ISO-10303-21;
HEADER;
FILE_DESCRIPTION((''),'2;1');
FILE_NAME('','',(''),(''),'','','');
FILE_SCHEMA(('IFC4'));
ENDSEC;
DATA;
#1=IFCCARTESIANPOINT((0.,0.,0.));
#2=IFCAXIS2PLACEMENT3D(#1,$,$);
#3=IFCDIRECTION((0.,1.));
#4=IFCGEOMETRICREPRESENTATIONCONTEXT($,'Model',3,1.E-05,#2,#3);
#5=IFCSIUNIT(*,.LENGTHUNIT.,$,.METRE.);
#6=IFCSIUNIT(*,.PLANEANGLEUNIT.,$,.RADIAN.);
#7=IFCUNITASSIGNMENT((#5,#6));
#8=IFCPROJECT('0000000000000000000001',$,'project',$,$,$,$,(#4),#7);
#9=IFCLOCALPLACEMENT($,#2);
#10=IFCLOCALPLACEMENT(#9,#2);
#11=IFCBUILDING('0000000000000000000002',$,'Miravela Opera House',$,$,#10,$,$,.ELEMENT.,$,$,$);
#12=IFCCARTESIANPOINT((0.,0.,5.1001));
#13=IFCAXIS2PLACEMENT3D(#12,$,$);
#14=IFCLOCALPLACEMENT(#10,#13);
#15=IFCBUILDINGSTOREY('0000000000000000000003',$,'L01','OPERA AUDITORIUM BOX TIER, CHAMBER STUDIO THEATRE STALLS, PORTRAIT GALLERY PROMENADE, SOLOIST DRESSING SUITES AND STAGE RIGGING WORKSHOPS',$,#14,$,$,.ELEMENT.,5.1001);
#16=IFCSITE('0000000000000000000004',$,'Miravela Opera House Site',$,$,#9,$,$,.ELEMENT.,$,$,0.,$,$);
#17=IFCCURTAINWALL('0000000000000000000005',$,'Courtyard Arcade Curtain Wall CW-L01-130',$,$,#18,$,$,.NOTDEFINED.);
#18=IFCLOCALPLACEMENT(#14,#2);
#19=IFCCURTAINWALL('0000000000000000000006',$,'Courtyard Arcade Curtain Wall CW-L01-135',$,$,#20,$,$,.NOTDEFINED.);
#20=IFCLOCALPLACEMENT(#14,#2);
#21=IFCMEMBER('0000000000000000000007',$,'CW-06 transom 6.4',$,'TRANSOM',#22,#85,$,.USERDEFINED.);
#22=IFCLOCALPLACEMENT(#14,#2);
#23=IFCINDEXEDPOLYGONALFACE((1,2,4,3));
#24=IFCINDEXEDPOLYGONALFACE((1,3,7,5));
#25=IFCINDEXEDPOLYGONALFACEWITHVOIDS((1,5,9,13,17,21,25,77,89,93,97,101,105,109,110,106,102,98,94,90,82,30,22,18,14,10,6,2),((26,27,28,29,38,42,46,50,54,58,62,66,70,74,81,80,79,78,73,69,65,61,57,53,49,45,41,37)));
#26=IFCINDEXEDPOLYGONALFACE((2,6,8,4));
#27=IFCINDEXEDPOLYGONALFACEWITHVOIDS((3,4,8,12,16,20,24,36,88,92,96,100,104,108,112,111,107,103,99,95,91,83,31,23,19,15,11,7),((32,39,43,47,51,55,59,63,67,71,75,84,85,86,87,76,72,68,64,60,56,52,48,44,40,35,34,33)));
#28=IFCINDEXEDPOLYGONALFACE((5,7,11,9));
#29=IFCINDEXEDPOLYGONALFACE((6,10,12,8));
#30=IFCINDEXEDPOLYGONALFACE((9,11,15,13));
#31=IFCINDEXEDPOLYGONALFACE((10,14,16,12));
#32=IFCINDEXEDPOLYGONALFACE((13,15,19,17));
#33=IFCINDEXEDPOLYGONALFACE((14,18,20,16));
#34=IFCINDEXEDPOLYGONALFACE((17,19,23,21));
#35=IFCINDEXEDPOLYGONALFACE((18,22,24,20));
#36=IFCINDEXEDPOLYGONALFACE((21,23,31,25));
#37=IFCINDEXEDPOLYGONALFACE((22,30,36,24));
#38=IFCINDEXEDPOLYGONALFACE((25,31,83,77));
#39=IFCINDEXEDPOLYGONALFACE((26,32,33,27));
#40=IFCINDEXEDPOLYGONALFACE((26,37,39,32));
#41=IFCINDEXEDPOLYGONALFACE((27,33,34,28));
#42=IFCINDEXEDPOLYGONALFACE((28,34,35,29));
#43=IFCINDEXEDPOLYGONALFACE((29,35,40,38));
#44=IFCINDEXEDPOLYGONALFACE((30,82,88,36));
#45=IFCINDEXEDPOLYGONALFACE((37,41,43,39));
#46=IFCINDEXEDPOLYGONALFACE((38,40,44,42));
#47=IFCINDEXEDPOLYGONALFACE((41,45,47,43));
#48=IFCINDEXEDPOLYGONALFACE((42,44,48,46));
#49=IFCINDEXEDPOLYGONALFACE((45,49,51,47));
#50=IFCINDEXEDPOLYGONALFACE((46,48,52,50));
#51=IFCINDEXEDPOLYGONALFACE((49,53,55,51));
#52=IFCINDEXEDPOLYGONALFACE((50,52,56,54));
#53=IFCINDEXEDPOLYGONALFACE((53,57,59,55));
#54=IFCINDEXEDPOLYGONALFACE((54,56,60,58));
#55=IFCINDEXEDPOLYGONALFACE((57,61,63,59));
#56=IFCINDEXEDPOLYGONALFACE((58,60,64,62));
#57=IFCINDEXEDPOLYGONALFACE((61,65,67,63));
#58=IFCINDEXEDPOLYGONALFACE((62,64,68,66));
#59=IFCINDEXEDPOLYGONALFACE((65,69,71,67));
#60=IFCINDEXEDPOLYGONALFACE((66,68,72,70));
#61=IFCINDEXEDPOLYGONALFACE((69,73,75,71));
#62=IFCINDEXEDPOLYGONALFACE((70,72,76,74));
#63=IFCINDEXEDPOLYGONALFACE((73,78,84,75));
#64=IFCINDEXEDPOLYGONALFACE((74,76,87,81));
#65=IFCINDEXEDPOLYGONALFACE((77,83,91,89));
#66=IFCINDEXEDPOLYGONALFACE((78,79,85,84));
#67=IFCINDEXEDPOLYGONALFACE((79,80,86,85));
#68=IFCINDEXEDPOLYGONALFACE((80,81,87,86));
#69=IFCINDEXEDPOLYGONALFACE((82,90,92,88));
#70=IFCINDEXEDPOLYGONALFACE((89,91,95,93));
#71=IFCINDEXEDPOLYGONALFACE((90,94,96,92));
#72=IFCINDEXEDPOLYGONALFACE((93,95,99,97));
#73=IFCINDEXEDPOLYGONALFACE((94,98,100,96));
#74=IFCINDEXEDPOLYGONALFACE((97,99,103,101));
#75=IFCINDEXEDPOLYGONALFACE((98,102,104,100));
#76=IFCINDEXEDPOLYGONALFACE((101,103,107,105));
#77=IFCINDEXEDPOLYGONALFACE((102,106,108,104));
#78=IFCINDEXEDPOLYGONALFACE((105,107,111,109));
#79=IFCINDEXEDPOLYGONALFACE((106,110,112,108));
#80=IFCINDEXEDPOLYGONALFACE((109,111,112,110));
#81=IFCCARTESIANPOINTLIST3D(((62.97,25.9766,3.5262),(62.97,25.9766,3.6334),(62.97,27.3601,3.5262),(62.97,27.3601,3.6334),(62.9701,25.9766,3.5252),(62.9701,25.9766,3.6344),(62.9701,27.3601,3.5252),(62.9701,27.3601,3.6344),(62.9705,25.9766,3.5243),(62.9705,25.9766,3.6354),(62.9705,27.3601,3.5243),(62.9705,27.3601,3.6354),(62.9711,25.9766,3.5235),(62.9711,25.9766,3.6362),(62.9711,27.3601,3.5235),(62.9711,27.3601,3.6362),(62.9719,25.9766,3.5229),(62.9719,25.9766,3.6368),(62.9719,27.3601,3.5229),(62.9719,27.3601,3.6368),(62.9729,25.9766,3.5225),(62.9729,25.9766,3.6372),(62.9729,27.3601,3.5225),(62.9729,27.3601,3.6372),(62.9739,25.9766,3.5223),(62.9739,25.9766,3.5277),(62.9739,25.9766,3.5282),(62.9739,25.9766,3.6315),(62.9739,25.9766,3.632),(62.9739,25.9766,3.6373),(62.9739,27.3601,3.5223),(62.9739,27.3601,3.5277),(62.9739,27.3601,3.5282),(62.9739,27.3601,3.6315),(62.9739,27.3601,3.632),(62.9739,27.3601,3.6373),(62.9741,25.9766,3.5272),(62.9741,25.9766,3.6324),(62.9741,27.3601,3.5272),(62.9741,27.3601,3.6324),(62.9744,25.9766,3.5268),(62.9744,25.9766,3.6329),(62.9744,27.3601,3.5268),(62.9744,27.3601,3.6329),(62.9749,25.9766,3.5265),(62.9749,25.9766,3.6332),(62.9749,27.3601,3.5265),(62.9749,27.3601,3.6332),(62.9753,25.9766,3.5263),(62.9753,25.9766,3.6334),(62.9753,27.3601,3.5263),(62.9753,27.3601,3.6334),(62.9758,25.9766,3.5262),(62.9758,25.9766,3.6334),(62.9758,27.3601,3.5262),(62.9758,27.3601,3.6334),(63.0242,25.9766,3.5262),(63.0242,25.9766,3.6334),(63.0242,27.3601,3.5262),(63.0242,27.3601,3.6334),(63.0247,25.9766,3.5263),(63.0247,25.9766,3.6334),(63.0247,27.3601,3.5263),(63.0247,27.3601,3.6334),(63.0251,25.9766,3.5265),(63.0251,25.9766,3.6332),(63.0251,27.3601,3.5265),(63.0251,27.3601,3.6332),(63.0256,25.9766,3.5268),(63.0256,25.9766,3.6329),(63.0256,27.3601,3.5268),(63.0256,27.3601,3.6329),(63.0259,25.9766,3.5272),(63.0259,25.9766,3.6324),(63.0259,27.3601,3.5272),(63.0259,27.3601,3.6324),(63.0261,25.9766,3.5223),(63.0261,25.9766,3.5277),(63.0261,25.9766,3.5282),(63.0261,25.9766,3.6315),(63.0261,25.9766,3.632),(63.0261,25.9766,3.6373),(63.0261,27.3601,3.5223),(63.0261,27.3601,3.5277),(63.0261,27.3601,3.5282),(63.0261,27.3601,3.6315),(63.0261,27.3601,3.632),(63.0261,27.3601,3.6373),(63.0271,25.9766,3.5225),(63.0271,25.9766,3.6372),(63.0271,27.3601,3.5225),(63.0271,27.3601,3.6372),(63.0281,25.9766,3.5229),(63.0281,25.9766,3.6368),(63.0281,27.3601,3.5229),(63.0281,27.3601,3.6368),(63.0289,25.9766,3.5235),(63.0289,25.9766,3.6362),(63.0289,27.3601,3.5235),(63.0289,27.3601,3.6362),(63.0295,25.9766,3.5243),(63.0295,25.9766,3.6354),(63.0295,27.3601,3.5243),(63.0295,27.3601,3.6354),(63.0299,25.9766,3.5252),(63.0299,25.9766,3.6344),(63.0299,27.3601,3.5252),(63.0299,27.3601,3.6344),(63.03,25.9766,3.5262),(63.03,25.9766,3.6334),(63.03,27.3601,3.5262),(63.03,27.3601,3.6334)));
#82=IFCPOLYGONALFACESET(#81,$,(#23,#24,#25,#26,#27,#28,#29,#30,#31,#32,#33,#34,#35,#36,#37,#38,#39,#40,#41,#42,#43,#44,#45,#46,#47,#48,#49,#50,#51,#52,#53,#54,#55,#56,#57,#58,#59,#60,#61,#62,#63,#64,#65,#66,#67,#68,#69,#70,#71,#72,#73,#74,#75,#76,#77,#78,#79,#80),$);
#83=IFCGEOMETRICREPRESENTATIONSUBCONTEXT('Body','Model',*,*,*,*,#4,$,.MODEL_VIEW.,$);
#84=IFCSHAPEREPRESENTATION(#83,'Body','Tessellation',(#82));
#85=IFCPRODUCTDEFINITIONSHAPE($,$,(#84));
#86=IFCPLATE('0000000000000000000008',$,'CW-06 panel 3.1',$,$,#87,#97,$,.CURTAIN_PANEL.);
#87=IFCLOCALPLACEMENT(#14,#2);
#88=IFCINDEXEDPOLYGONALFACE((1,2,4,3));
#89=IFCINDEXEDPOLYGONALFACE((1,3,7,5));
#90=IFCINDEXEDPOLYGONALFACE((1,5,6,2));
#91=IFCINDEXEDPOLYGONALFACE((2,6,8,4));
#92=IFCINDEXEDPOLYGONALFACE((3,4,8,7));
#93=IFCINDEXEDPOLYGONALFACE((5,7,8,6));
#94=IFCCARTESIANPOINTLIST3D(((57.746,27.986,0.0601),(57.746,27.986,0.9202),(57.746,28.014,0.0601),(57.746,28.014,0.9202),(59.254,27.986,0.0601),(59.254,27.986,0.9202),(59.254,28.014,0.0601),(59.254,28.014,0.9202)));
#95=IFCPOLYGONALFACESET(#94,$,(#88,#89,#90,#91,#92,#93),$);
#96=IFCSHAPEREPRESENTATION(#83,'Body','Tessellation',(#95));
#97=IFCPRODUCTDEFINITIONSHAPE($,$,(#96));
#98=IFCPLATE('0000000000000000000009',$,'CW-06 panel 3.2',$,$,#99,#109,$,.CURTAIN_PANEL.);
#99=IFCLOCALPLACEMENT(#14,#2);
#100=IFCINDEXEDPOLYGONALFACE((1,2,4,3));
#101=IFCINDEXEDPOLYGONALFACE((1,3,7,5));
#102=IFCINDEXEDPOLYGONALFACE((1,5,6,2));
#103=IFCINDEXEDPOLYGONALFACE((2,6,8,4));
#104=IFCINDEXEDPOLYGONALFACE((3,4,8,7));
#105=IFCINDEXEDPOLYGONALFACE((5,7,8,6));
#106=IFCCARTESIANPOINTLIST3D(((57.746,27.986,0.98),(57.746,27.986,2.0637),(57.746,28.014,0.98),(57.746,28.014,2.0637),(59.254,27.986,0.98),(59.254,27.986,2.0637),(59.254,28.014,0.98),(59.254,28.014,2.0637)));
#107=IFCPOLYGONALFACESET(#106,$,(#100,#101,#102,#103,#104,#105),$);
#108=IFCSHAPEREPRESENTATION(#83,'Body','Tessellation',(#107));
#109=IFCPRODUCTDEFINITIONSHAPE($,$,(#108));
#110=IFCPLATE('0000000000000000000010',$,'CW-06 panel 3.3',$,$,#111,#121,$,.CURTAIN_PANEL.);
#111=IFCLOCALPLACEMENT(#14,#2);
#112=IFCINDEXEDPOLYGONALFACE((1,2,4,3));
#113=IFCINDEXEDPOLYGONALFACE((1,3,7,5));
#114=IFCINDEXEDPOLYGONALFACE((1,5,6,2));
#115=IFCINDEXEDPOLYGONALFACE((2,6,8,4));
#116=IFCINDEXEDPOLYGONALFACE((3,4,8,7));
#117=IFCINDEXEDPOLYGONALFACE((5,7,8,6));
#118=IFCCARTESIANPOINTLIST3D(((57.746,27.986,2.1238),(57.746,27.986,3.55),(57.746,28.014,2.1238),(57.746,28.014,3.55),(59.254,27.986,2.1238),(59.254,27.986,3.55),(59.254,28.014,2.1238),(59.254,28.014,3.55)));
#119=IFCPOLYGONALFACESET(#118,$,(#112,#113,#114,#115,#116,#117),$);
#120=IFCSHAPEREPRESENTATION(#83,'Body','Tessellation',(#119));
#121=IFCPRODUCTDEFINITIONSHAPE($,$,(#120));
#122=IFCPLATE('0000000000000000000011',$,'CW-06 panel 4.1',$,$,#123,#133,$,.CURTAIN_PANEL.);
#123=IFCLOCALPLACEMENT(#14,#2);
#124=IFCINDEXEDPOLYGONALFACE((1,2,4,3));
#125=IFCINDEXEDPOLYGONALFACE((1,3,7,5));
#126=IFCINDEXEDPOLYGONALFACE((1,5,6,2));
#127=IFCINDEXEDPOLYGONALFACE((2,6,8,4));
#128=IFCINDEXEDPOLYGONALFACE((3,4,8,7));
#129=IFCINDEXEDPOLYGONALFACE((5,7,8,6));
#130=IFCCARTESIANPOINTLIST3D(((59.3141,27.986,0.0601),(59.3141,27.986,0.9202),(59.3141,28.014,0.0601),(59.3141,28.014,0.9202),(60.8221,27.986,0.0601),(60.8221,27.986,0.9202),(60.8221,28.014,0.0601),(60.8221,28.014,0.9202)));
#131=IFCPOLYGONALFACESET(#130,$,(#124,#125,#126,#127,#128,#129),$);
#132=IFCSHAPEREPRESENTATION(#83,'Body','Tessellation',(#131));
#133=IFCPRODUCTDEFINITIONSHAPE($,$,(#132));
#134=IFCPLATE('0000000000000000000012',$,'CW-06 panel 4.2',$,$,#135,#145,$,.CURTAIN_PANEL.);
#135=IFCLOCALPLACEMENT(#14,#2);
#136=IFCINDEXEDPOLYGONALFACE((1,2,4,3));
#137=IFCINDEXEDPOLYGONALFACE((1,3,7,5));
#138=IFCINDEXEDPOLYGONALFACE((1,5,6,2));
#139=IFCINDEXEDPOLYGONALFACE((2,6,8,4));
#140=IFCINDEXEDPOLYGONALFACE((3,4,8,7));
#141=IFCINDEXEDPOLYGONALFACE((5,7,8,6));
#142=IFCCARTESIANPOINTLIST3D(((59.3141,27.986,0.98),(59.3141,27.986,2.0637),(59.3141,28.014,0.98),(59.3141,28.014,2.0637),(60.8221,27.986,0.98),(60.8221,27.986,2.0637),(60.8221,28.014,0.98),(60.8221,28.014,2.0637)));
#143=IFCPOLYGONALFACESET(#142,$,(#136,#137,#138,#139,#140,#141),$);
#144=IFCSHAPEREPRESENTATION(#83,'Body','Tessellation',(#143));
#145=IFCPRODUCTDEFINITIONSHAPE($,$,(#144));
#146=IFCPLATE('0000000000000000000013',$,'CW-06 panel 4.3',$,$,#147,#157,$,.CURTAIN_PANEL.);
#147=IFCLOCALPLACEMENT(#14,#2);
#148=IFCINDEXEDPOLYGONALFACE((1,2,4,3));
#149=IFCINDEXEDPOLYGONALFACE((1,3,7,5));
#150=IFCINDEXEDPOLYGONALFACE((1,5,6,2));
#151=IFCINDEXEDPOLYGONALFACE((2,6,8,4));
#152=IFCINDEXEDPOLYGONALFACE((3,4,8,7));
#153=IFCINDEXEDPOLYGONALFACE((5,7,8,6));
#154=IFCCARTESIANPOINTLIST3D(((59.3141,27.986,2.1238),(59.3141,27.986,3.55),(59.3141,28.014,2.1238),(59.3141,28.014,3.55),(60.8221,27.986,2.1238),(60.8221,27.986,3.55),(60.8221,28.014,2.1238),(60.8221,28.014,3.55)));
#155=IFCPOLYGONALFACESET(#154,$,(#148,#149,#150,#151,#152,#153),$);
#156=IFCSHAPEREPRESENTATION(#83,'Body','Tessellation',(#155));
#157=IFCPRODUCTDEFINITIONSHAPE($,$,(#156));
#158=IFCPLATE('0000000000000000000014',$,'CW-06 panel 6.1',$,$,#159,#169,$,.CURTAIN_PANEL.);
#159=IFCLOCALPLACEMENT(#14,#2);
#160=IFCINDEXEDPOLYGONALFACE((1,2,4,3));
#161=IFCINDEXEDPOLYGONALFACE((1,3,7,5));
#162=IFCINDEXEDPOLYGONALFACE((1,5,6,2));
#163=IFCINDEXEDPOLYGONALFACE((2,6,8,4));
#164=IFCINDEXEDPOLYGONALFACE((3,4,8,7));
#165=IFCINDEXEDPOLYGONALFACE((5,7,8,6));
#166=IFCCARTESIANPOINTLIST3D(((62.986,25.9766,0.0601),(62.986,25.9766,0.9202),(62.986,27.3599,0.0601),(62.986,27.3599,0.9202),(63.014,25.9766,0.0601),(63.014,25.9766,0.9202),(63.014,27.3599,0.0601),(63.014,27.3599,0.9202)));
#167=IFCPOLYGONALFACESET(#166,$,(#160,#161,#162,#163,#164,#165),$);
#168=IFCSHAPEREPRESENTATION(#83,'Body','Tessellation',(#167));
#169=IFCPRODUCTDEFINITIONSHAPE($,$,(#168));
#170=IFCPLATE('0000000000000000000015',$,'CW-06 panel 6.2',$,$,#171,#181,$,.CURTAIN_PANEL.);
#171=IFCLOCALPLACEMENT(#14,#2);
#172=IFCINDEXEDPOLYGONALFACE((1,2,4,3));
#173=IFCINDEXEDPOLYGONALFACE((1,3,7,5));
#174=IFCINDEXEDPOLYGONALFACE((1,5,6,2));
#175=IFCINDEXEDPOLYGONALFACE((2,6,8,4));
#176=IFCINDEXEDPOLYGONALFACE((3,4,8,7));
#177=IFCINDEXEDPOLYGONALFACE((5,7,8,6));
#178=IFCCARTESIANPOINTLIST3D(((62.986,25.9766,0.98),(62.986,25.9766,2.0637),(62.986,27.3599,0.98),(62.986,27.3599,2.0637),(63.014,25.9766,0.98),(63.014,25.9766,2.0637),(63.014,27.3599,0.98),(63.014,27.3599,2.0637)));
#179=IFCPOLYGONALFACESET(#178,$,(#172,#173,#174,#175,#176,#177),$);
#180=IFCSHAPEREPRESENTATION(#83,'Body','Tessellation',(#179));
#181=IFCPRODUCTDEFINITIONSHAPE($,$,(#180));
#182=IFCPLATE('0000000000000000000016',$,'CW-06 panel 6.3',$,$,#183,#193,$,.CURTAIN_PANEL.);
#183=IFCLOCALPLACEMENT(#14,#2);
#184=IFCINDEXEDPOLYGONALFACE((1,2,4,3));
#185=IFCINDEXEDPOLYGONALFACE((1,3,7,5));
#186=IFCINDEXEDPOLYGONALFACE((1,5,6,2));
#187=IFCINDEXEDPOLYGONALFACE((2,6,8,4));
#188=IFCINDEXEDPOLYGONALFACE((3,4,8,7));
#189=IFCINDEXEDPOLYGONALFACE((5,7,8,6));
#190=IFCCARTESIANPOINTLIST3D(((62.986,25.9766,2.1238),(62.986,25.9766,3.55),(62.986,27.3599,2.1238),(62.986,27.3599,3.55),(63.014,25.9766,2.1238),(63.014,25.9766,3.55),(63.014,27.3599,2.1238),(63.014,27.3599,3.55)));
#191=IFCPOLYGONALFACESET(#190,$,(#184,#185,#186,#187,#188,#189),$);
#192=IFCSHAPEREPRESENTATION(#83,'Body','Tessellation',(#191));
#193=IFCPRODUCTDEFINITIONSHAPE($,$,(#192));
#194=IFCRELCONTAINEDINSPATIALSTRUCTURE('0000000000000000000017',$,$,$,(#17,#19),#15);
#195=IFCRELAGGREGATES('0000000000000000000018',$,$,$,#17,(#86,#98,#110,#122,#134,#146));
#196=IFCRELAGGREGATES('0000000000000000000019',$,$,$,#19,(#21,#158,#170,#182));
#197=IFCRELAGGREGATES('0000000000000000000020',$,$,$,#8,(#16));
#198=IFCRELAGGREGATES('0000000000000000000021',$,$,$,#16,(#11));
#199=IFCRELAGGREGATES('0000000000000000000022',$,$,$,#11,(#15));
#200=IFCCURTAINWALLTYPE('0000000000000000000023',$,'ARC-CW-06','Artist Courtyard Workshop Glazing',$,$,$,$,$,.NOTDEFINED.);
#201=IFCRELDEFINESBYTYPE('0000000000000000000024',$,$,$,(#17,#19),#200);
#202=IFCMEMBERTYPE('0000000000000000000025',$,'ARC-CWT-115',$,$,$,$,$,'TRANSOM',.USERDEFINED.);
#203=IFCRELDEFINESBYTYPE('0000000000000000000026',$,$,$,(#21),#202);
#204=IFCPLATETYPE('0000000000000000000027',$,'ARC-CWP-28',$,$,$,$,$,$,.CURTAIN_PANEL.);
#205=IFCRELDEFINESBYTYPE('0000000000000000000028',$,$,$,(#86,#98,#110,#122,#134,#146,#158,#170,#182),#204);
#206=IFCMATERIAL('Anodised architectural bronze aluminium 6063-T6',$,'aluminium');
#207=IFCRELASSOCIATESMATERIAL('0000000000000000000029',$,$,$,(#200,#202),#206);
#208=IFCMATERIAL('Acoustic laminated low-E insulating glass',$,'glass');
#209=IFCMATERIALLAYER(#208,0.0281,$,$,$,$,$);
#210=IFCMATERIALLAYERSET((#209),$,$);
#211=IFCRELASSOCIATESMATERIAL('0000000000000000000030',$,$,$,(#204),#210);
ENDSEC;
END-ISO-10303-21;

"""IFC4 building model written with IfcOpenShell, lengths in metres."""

from ifc_helpers import new_model, si_unit, direction, frame, origin, origin_2d, place, context, subcontext, project, spatial, rectangle, hollow_rectangle, extrude, material, layer, layer_set, material_profile, profile_set, type_object, element, aggregate, save


model = new_model("IFC4")

# Units and contexts
model_context = context("Model", 3, precision=1e-05, world=origin(), true_north=direction((0.0, 1.0)))
body_context = subcontext(model_context, "Body", "Model", "MODEL_VIEW")
ifc_project = project(units=[si_unit("LENGTHUNIT", "METRE"), si_unit("PLANEANGLEUNIT", "RADIAN")], contexts=[model_context])

# Site, building, storey
site_placement = place(None, origin())
site = spatial("IfcSite", under=ifc_project, at=site_placement, Name="Miravela Opera House Site", CompositionType="ELEMENT", RefElevation=0.0)
building_placement = place(site_placement, origin())
building = spatial("IfcBuilding", under=site, at=building_placement, Name="Miravela Opera House", CompositionType="ELEMENT")
storey_placement = place(building_placement, frame((0.0, 0.0, 5.1001)))
storey = spatial("IfcBuildingStorey", under=building, at=storey_placement, Name="L01", Description="OPERA AUDITORIUM BOX TIER, CHAMBER STUDIO THEATRE STALLS, PORTRAIT GALLERY PROMENADE, SOLOIST DRESSING SUITES AND STAGE RIGGING WORKSHOPS", CompositionType="ELEMENT", Elevation=5.1001)

# Curtain wall
ifc_material_1 = material(Name="Anodised architectural bronze aluminium 6063-T6", Category="aluminium")
curtain_wall_type = type_object("IfcCurtainWallType", Name="ARC-CW-06", Description="Artist Courtyard Workshop Glazing", PredefinedType="NOTDEFINED", material=ifc_material_1)
curtain_wall_1_placement = place(storey_placement, origin())
curtain_wall_1 = element("IfcCurtainWall", 1, at=curtain_wall_1_placement, inside=storey, type_object=curtain_wall_type, Name="Courtyard Arcade Curtain Wall CW-L01-130", PredefinedType="NOTDEFINED")

# Curtain wall
curtain_wall_2_placement = place(storey_placement, origin())
curtain_wall_2 = element("IfcCurtainWall", 2, at=curtain_wall_2_placement, inside=storey, type_object=curtain_wall_type, Name="Courtyard Arcade Curtain Wall CW-L01-135", PredefinedType="NOTDEFINED")

# Member
ifc_material_profile_1 = material_profile(ifc_material_1, hollow_rectangle(XDim=0.0601, YDim=0.115, WallThickness=0.0039, InnerFilletRadius=0.002, OuterFilletRadius=0.0039, at=origin_2d()), Name="CWT-60X115")
ifc_profile_set_1 = profile_set([ifc_material_profile_1])
member_type_1 = type_object("IfcMemberType", Name="ARC-CWT-115", ElementType="TRANSOM", PredefinedType="USERDEFINED", material=ifc_profile_set_1)
member_1_placement = place(storey_placement, frame((63.0, 25.9766, 3.5798), z_axis=(0.0, 1.0, 0.0), x_axis=(-1.0, 0.0, 0.0)))
member_1 = element("IfcMember", 3, at=member_1_placement, type_object=member_type_1, Name="CW-06 transom 6.4", ObjectType="TRANSOM", PredefinedType="USERDEFINED", context=body_context, shape_type="SweptSolid", body=[
    extrude(hollow_rectangle(XDim=0.0601, YDim=0.115, WallThickness=0.0039, InnerFilletRadius=0.002, OuterFilletRadius=0.0039, at=origin_2d()), origin(), (0.0, 0.0, 1.0), 1.3835),
])

# Plates
ifc_material_2 = material(Name="Acoustic laminated low-E insulating glass", Category="glass")
ifc_layer = layer(ifc_material_2, 0.0281)
ifc_layer_set = layer_set([ifc_layer])
plate_type = type_object("IfcPlateType", Name="ARC-CWP-28", PredefinedType="CURTAIN_PANEL", material=ifc_layer_set)
plate_1_placement = place(storey_placement, frame((58.5, 28.0, 0.0601), z_axis=(0.0, 0.0, 1.0), x_axis=(1.0, 0.0, 0.0)))
plate_1 = element("IfcPlate", 4, at=plate_1_placement, type_object=plate_type, Name="CW-06 panel 3.1", PredefinedType="CURTAIN_PANEL", context=body_context, shape_type="SweptSolid", body=[
    extrude(rectangle(XDim=1.5081, YDim=0.0281, at=origin_2d()), origin(), (0.0, 0.0, 1.0), 0.8601),
])
plate_2_placement = place(storey_placement, frame((58.5, 28.0, 0.98), z_axis=(0.0, 0.0, 1.0), x_axis=(1.0, 0.0, 0.0)))
plate_2 = element("IfcPlate", 5, at=plate_2_placement, type_object=plate_type, Name="CW-06 panel 3.2", PredefinedType="CURTAIN_PANEL", context=body_context, shape_type="SweptSolid", body=[
    extrude(rectangle(XDim=1.5081, YDim=0.0281, at=origin_2d()), origin(), (0.0, 0.0, 1.0), 1.0837),
])
plate_3_placement = place(storey_placement, frame((58.5, 28.0, 2.1238), z_axis=(0.0, 0.0, 1.0), x_axis=(1.0, 0.0, 0.0)))
plate_3 = element("IfcPlate", 6, at=plate_3_placement, type_object=plate_type, Name="CW-06 panel 3.3", PredefinedType="CURTAIN_PANEL", context=body_context, shape_type="SweptSolid", body=[
    extrude(rectangle(XDim=1.5081, YDim=0.0281, at=origin_2d()), origin(), (0.0, 0.0, 1.0), 1.4263),
])
plate_4_placement = place(storey_placement, frame((60.0681, 28.0, 0.0601), z_axis=(0.0, 0.0, 1.0), x_axis=(1.0, 0.0, 0.0)))
plate_4 = element("IfcPlate", 7, at=plate_4_placement, type_object=plate_type, Name="CW-06 panel 4.1", PredefinedType="CURTAIN_PANEL", context=body_context, shape_type="SweptSolid", body=[
    extrude(rectangle(XDim=1.5081, YDim=0.0281, at=origin_2d()), origin(), (0.0, 0.0, 1.0), 0.8601),
])
plate_5_placement = place(storey_placement, frame((60.0681, 28.0, 0.98), z_axis=(0.0, 0.0, 1.0), x_axis=(1.0, 0.0, 0.0)))
plate_5 = element("IfcPlate", 8, at=plate_5_placement, type_object=plate_type, Name="CW-06 panel 4.2", PredefinedType="CURTAIN_PANEL", context=body_context, shape_type="SweptSolid", body=[
    extrude(rectangle(XDim=1.5081, YDim=0.0281, at=origin_2d()), origin(), (0.0, 0.0, 1.0), 1.0837),
])
plate_6_placement = place(storey_placement, frame((60.0681, 28.0, 2.1238), z_axis=(0.0, 0.0, 1.0), x_axis=(1.0, 0.0, 0.0)))
plate_6 = element("IfcPlate", 9, at=plate_6_placement, type_object=plate_type, Name="CW-06 panel 4.3", PredefinedType="CURTAIN_PANEL", context=body_context, shape_type="SweptSolid", body=[
    extrude(rectangle(XDim=1.5081, YDim=0.0281, at=origin_2d()), origin(), (0.0, 0.0, 1.0), 1.4263),
])
aggregate(curtain_wall_1, [plate_1, plate_2, plate_3, plate_4, plate_5, plate_6])
plate_7_placement = place(storey_placement, frame((63.0, 26.6682, 0.0601), z_axis=(0.0, 0.0, 1.0), x_axis=(0.0, 1.0, 0.0)))
plate_7 = element("IfcPlate", 10, at=plate_7_placement, type_object=plate_type, Name="CW-06 panel 6.1", PredefinedType="CURTAIN_PANEL", context=body_context, shape_type="SweptSolid", body=[
    extrude(rectangle(XDim=1.3833, YDim=0.0281, at=origin_2d()), origin(), (0.0, 0.0, 1.0), 0.8601),
])
plate_8_placement = place(storey_placement, frame((63.0, 26.6682, 0.98), z_axis=(0.0, 0.0, 1.0), x_axis=(0.0, 1.0, 0.0)))
plate_8 = element("IfcPlate", 11, at=plate_8_placement, type_object=plate_type, Name="CW-06 panel 6.2", PredefinedType="CURTAIN_PANEL", context=body_context, shape_type="SweptSolid", body=[
    extrude(rectangle(XDim=1.3833, YDim=0.0281, at=origin_2d()), origin(), (0.0, 0.0, 1.0), 1.0837),
])
plate_9_placement = place(storey_placement, frame((63.0, 26.6682, 2.1238), z_axis=(0.0, 0.0, 1.0), x_axis=(0.0, 1.0, 0.0)))
plate_9 = element("IfcPlate", 12, at=plate_9_placement, type_object=plate_type, Name="CW-06 panel 6.3", PredefinedType="CURTAIN_PANEL", context=body_context, shape_type="SweptSolid", body=[
    extrude(rectangle(XDim=1.3833, YDim=0.0281, at=origin_2d()), origin(), (0.0, 0.0, 1.0), 1.4263),
])
aggregate(curtain_wall_2, [member_1, plate_7, plate_8, plate_9])

save(model, "model.ifc")
